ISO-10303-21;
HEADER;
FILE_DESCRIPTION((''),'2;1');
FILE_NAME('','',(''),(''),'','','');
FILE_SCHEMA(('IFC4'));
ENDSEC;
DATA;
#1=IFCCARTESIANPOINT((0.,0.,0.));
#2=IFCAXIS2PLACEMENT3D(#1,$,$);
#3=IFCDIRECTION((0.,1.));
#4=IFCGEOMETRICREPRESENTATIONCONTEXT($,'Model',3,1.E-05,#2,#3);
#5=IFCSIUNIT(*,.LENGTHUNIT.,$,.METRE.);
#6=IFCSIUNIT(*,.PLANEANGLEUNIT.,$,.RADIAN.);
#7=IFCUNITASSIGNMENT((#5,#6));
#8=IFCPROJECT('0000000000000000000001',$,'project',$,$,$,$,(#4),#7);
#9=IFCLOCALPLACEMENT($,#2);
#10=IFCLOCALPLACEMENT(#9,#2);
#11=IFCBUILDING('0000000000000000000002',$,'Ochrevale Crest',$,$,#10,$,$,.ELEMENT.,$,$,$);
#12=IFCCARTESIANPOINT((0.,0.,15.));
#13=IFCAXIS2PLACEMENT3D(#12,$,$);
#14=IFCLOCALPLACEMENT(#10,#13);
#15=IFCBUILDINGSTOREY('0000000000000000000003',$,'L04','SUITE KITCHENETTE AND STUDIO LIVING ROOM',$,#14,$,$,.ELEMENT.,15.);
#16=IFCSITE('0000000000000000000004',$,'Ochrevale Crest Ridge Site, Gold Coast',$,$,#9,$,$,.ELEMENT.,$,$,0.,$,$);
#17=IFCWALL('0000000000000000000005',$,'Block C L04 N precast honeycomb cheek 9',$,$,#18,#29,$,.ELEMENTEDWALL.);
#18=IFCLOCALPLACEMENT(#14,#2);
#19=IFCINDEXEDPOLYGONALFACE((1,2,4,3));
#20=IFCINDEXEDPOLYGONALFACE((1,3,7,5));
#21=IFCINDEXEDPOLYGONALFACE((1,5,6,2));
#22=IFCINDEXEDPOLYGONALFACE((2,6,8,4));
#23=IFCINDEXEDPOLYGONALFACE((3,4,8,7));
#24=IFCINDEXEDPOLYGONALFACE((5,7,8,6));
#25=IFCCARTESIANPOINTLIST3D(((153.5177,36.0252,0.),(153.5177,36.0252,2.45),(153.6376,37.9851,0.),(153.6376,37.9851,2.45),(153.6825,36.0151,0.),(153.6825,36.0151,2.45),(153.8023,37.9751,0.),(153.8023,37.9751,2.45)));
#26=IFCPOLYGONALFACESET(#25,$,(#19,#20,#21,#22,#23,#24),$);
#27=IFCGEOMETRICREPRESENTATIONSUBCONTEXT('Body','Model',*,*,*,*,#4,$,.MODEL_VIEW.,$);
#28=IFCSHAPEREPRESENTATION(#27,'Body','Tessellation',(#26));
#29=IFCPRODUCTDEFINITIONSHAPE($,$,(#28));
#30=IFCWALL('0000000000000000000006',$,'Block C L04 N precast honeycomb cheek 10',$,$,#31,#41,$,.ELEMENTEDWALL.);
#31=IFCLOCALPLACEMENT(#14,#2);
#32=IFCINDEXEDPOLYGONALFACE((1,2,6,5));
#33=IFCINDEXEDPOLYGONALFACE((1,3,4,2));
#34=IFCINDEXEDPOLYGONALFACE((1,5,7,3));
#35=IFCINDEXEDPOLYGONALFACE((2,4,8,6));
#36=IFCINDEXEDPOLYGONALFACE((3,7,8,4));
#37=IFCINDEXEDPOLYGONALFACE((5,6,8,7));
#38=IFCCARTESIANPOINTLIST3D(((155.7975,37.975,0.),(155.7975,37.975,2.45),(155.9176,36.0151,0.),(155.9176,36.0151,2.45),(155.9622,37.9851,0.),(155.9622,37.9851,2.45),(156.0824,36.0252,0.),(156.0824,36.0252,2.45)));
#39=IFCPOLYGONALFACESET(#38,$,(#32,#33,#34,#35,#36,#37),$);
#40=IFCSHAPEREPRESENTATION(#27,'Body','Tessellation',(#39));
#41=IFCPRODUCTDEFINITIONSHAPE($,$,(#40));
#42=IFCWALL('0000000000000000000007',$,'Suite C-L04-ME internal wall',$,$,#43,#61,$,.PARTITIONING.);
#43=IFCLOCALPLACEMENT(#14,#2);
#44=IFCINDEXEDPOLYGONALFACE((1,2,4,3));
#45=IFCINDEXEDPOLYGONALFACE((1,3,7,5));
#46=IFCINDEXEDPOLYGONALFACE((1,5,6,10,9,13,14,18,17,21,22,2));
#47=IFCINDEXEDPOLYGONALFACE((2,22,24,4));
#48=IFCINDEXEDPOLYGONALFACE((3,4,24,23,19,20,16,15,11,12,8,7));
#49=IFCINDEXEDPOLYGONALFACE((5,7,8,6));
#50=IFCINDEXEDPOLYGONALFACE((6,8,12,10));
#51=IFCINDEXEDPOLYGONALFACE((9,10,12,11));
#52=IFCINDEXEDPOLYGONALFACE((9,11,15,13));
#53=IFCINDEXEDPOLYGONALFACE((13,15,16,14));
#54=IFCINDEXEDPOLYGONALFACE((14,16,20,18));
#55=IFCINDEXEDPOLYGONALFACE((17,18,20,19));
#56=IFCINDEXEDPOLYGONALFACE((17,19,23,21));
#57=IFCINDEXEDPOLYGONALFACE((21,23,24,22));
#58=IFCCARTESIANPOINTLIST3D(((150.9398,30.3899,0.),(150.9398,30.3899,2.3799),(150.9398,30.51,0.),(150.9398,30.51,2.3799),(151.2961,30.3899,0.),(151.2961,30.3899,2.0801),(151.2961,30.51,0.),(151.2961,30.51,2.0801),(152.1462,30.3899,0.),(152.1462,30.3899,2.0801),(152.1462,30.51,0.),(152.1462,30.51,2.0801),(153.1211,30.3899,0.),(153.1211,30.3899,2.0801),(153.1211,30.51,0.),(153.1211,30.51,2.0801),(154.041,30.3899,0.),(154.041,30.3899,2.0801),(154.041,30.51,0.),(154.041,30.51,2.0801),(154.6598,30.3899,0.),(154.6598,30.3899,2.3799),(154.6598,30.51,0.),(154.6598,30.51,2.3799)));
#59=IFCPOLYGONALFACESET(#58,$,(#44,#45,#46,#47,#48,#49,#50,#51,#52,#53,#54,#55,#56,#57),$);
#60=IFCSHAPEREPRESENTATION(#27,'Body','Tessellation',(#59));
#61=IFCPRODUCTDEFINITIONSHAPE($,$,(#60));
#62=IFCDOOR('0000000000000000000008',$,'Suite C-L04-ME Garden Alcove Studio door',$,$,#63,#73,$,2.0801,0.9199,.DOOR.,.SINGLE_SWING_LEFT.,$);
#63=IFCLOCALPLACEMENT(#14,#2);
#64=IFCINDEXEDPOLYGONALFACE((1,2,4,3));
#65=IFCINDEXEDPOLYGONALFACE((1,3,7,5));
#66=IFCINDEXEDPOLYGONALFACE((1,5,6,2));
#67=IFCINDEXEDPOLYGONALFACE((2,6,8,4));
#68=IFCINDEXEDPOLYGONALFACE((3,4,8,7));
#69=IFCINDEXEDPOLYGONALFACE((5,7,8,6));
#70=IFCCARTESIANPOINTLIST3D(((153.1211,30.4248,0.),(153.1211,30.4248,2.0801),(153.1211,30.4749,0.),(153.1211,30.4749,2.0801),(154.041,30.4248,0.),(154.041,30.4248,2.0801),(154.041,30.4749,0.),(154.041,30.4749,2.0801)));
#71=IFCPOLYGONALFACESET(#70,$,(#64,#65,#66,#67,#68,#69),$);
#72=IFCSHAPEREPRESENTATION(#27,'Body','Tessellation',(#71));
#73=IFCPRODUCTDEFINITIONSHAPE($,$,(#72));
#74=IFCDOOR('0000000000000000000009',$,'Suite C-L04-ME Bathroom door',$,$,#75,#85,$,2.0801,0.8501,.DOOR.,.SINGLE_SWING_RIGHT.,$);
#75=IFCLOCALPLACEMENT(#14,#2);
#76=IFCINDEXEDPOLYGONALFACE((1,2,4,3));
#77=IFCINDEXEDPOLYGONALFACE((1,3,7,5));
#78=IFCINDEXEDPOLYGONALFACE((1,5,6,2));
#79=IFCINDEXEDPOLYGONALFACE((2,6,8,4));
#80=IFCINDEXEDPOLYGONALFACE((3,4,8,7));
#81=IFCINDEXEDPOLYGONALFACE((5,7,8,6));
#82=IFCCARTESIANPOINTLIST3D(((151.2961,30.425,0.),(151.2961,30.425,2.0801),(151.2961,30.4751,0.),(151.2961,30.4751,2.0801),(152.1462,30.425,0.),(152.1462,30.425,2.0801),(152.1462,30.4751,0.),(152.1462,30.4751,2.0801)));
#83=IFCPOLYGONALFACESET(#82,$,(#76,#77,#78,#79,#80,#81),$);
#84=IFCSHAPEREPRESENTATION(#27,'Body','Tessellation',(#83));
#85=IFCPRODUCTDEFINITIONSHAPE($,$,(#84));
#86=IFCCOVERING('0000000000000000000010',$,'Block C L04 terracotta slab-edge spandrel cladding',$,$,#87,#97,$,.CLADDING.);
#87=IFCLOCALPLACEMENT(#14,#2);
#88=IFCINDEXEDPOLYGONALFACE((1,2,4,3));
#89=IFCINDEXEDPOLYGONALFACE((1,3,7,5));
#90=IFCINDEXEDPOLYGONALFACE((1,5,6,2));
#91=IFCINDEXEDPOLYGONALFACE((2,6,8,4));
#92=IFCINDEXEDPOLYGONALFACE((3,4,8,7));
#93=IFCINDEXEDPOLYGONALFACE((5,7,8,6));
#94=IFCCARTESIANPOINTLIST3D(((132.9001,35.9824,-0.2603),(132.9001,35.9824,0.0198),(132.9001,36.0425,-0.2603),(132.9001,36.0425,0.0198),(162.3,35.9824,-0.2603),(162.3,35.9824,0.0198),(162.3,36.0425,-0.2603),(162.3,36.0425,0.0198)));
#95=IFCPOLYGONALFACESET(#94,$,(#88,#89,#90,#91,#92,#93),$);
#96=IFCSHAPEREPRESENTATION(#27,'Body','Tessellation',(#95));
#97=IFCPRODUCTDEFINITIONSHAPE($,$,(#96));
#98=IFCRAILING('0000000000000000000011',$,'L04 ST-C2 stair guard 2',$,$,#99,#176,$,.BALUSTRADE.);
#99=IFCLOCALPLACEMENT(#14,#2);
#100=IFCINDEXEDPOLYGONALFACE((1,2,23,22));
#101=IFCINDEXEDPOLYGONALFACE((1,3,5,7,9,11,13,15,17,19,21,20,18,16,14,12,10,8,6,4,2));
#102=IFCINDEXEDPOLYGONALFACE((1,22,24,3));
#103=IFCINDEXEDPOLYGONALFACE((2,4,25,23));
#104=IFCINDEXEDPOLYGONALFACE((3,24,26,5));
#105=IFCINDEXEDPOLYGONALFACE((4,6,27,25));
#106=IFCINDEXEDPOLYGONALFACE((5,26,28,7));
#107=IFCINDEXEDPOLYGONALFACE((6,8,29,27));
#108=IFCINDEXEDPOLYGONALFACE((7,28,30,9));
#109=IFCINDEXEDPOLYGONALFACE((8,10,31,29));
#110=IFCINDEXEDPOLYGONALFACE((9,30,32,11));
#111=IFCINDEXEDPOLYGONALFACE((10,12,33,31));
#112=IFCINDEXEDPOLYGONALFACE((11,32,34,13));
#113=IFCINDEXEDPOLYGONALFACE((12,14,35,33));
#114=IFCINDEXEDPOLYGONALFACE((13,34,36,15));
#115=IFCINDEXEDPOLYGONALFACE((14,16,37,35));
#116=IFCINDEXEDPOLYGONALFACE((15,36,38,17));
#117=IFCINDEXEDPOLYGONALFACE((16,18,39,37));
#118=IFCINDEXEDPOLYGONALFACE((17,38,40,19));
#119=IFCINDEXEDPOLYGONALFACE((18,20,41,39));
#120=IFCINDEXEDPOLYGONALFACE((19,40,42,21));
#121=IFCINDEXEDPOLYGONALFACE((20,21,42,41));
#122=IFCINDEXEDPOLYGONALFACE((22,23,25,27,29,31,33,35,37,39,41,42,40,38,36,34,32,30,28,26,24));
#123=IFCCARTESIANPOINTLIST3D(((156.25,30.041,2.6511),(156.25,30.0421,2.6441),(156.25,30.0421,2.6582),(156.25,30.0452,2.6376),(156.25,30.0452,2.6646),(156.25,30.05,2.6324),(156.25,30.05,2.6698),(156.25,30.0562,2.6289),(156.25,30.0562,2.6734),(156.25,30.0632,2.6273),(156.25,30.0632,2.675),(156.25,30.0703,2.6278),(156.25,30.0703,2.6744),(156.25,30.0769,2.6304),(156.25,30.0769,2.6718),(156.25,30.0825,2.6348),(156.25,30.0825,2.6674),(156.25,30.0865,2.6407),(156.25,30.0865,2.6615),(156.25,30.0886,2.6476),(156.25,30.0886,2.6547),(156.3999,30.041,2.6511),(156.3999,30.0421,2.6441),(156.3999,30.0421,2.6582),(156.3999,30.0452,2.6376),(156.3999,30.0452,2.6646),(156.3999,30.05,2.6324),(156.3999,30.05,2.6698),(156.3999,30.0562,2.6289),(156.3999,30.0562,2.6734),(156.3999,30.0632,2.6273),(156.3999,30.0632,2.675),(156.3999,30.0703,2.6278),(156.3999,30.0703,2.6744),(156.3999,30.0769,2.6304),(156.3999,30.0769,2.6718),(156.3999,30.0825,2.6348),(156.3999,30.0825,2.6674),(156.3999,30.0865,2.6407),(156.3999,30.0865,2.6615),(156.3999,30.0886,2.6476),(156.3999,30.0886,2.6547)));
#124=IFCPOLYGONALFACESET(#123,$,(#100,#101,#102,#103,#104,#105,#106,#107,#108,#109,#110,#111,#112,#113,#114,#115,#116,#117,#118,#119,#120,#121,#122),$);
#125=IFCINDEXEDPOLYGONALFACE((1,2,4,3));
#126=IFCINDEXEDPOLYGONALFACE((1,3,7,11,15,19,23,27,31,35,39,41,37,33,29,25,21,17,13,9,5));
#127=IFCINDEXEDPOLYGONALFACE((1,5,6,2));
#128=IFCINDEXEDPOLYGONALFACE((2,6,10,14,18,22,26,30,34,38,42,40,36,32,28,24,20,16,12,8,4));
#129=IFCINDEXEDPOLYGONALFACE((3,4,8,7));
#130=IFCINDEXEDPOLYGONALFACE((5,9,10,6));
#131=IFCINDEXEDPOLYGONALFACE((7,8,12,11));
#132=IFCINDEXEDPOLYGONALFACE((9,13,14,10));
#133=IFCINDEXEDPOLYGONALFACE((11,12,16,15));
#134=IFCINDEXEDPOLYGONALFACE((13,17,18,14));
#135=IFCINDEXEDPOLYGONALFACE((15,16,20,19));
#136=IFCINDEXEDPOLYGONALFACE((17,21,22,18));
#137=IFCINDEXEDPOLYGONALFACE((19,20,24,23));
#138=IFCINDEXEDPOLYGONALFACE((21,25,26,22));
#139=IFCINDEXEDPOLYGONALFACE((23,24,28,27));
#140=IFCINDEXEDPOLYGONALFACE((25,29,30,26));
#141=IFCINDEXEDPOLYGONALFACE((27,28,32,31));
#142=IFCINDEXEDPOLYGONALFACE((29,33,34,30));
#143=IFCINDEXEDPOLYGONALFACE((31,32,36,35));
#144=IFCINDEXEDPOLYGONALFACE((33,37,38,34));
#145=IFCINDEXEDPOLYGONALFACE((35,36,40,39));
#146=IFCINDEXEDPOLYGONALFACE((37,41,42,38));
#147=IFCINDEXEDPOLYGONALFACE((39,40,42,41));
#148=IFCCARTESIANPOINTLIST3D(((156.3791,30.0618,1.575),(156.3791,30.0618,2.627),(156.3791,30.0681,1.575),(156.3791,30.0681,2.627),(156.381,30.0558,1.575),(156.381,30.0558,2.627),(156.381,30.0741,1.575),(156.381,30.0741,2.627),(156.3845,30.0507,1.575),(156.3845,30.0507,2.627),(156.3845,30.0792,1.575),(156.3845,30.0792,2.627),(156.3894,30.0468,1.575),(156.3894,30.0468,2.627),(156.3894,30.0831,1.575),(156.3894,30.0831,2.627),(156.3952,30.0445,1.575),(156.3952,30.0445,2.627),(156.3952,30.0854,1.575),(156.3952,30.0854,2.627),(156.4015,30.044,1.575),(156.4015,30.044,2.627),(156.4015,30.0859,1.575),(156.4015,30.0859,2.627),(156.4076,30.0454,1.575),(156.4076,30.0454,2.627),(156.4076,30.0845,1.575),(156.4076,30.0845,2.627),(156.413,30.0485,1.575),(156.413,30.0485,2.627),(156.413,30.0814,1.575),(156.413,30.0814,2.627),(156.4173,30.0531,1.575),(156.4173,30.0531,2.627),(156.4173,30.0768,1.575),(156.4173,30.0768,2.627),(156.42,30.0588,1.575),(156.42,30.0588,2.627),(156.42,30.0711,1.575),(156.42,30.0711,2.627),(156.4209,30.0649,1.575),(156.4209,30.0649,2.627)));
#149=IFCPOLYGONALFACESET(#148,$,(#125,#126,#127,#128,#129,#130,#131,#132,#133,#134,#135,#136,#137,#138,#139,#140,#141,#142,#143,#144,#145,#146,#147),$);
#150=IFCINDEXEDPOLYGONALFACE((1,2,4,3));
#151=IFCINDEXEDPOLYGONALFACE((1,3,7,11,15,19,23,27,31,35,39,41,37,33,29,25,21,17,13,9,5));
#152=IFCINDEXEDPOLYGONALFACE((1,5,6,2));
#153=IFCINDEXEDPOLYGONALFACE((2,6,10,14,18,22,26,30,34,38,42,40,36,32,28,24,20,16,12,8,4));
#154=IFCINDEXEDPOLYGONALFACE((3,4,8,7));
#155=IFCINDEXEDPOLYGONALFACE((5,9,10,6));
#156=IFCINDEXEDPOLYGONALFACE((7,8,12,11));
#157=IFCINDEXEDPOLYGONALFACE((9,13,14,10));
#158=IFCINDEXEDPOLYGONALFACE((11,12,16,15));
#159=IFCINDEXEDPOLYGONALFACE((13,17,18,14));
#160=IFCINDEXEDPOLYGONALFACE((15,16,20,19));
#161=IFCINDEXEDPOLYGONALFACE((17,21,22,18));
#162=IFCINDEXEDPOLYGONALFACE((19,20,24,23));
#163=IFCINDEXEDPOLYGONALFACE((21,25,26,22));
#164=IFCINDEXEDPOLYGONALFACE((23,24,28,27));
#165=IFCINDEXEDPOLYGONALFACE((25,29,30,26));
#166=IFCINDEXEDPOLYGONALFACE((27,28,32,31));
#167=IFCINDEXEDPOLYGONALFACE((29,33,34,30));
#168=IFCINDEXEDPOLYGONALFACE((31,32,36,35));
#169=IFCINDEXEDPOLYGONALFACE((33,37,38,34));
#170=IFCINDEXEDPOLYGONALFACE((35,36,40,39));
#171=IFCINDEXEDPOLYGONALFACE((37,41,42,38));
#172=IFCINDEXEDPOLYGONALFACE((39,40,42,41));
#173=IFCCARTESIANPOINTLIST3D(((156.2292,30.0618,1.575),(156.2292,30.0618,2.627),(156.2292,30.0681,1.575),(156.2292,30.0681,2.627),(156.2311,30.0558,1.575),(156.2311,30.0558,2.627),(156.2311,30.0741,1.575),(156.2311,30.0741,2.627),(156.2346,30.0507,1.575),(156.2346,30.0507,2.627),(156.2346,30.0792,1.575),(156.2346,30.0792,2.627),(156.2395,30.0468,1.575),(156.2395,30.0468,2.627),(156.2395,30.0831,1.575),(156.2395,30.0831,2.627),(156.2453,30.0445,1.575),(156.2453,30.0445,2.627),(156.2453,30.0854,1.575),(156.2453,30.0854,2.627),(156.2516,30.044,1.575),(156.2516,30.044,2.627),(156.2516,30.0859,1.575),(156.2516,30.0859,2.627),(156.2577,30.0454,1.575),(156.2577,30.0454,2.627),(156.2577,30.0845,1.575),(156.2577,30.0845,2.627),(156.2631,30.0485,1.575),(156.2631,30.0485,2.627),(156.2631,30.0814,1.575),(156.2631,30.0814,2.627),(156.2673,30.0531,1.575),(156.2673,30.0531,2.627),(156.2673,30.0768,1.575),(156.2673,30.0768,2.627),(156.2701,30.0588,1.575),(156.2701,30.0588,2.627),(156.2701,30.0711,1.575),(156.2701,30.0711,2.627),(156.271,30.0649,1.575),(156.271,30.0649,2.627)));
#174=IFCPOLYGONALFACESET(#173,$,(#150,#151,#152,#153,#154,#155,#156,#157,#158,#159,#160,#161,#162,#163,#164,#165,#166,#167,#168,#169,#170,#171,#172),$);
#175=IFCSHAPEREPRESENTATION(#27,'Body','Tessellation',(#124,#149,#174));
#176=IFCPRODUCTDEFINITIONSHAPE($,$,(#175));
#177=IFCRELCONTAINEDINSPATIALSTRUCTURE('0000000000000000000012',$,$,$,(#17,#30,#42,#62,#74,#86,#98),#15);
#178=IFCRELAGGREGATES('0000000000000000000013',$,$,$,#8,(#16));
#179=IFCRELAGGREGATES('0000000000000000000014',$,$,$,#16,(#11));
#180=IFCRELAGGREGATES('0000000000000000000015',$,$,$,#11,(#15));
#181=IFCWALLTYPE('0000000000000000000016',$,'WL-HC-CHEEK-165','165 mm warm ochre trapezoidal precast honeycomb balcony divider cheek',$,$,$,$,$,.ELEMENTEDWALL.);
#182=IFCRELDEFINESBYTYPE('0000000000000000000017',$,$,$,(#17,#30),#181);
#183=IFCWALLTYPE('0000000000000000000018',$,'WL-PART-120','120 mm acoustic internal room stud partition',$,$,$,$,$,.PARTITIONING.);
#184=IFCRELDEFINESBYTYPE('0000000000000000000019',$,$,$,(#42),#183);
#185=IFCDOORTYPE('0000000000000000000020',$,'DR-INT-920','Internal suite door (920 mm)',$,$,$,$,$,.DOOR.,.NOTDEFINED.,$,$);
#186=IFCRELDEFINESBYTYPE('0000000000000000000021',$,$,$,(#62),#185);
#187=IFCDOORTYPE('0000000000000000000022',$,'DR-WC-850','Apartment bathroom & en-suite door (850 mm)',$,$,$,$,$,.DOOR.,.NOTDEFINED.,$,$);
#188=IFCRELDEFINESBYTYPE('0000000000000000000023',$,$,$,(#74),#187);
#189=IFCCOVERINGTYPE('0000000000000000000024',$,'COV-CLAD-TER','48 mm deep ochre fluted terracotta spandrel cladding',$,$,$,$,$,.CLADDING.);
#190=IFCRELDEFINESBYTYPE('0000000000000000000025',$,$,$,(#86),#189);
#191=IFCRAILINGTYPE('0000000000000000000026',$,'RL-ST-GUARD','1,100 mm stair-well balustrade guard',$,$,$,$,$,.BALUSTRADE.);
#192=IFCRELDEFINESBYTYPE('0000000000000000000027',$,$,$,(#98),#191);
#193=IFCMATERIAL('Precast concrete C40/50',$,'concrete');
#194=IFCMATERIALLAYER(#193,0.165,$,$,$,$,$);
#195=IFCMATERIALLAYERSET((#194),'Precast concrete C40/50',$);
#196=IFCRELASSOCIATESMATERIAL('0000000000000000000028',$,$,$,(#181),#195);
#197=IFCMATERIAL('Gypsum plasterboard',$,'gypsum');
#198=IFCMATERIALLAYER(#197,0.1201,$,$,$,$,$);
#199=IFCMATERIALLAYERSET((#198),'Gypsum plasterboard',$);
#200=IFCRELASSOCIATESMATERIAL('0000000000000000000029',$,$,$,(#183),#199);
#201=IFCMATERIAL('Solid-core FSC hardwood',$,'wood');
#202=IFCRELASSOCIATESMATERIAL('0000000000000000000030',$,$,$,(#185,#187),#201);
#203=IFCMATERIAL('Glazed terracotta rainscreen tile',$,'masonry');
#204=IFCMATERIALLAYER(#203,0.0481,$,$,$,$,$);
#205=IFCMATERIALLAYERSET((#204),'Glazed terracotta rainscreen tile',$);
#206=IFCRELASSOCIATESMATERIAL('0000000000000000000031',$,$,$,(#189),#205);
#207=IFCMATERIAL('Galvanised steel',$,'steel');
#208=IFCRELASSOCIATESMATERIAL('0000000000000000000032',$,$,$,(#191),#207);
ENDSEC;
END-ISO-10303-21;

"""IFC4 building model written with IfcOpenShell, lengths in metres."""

from ifc_helpers import new_model, si_unit, direction, frame, frame_2d, origin, origin_2d, place, context, subcontext, project, spatial, rectangle, circle, extrude, material, layer, layer_set, type_object, element, fill, save


model = new_model("IFC4")

# Units and contexts
model_context = context("Model", 3, precision=1e-05, world=origin(), true_north=direction((0.0, 1.0)))
body_context = subcontext(model_context, "Body", "Model", "MODEL_VIEW")
ifc_project = project(units=[si_unit("LENGTHUNIT", "METRE"), si_unit("PLANEANGLEUNIT", "RADIAN")], contexts=[model_context])

# Site, building, storey
site_placement = place(None, origin())
site = spatial("IfcSite", under=ifc_project, at=site_placement, Name="Ochrevale Crest Ridge Site, Gold Coast", CompositionType="ELEMENT", RefElevation=0.0)
building_placement = place(site_placement, origin())
building = spatial("IfcBuilding", under=site, at=building_placement, Name="Ochrevale Crest", CompositionType="ELEMENT")
storey_placement = place(building_placement, frame((0.0, 0.0, 15.0)))
storey = spatial("IfcBuildingStorey", under=building, at=storey_placement, Name="L04", Description="SUITE KITCHENETTE AND STUDIO LIVING ROOM", CompositionType="ELEMENT", Elevation=15.0)

# Shared definitions
ifc_material_1 = material(Name="Precast concrete C40/50", Category="concrete")

# Walls
ifc_layer_1 = layer(ifc_material_1, 0.165)
ifc_layer_set_1 = layer_set([ifc_layer_1], Name="Precast concrete C40/50")
wall_type_1 = type_object("IfcWallType", Name="WL-HC-CHEEK-165", Description="165 mm warm ochre trapezoidal precast honeycomb balcony divider cheek", PredefinedType="ELEMENTEDWALL", material=ifc_layer_set_1)
for number, where, z_axis, x_axis, name in (
    (1, (153.6001, 36.02, 0.0), (0.0, 0.0, 1.0), (0.061047, 0.998135, 0.0), "Block C L04 N precast honeycomb cheek 9"),
    (2, (156.0, 36.02, 0.0), (0.0, 0.0, 1.0), (-0.061171, 0.998127, 0.0), "Block C L04 N precast honeycomb cheek 10"),
):
    element("IfcWall", number, at=place(storey_placement, frame(where, z_axis=z_axis, x_axis=x_axis)), inside=storey, type_object=wall_type_1, Name=name, PredefinedType="ELEMENTEDWALL", context=body_context, shape_type="SweptSolid", body=[
        extrude(rectangle(XDim=1.9636, YDim=0.165, at=frame_2d((0.9819, 0.0))), origin(), (0.0, 0.0, 1.0), 2.45),
    ])

# Wall, openings, doors
ifc_material_2 = material(Name="Gypsum plasterboard", Category="gypsum")
ifc_layer_2 = layer(ifc_material_2, 0.1201)
ifc_layer_set_2 = layer_set([ifc_layer_2], Name="Gypsum plasterboard")
wall_type_2 = type_object("IfcWallType", Name="WL-PART-120", Description="120 mm acoustic internal room stud partition", PredefinedType="PARTITIONING", material=ifc_layer_set_2)
wall_1_placement = place(storey_placement, frame((150.9399, 30.45, 0.0), z_axis=(0.0, 0.0, 1.0), x_axis=(1.0, 0.0, 0.0)))
wall_1 = element("IfcWall", 3, at=wall_1_placement, inside=storey, type_object=wall_type_2, Name="Suite C-L04-ME internal wall", PredefinedType="PARTITIONING", context=body_context, shape_type="SweptSolid", body=[
    extrude(rectangle(XDim=3.72, YDim=0.1201, at=frame_2d((1.8599, 0.0))), origin(), (0.0, 0.0, 1.0), 2.3799),
])
opening_1_placement = place(wall_1_placement, frame((1.2063, 0.0, 0.0), z_axis=(0.0, 0.0, 1.0), x_axis=(-1.0, 0.0, 0.0)))
opening_1 = element("IfcOpeningElement", 4, at=opening_1_placement, cuts=wall_1, PredefinedType="OPENING", context=body_context, shape_type="SweptSolid", body=[
    extrude(rectangle(XDim=0.8501, YDim=2.0801, at=frame_2d((0.425, 1.04))), frame((0.0, 0.0701, 0.0), z_axis=(0.0, -1.0, 0.0), x_axis=(1.0, 0.0, 0.0)), (0.0, 0.0, 1.0), 0.1401),
])
opening_2_placement = place(wall_1_placement, frame((2.1812, 0.0, 0.0)))
opening_2 = element("IfcOpeningElement", 5, at=opening_2_placement, cuts=wall_1, PredefinedType="OPENING", context=body_context, shape_type="SweptSolid", body=[
    extrude(rectangle(XDim=0.9199, YDim=2.0801, at=frame_2d((0.46, 1.04))), frame((0.0, 0.0701, 0.0), z_axis=(0.0, -1.0, 0.0), x_axis=(1.0, 0.0, 0.0)), (0.0, 0.0, 1.0), 0.1401),
])
ifc_material_3 = material(Name="Solid-core FSC hardwood", Category="wood")
door_type_1 = type_object("IfcDoorType", Name="DR-INT-920", Description="Internal suite door (920 mm)", OperationType="NOTDEFINED", PredefinedType="DOOR", material=ifc_material_3)
door_1_placement = place(opening_2_placement, origin())
door_1 = element("IfcDoor", 6, at=door_1_placement, inside=storey, type_object=door_type_1, Name="Suite C-L04-ME Garden Alcove Studio door", OperationType="SINGLE_SWING_LEFT", OverallHeight=2.0801, OverallWidth=0.9199, PredefinedType="DOOR", context=body_context, shape_type="SweptSolid", body=[
    extrude(rectangle(XDim=0.9199, YDim=2.0801, at=frame_2d((0.46, 1.04))), frame((0.0, 0.0249, 0.0), z_axis=(0.0, -1.0, 0.0), x_axis=(1.0, 0.0, 0.0)), (0.0, 0.0, 1.0), 0.05),
])
fill(opening_2, door_1)
door_type_2 = type_object("IfcDoorType", Name="DR-WC-850", Description="Apartment bathroom & en-suite door (850 mm)", OperationType="NOTDEFINED", PredefinedType="DOOR", material=ifc_material_3)
door_2_placement = place(opening_1_placement, origin())
door_2 = element("IfcDoor", 7, at=door_2_placement, inside=storey, type_object=door_type_2, Name="Suite C-L04-ME Bathroom door", OperationType="SINGLE_SWING_RIGHT", OverallHeight=2.0801, OverallWidth=0.8501, PredefinedType="DOOR", context=body_context, shape_type="SweptSolid", body=[
    extrude(rectangle(XDim=0.8501, YDim=2.0801, at=frame_2d((0.425, 1.04))), frame((0.0, 0.0249, 0.0), z_axis=(0.0, -1.0, 0.0), x_axis=(1.0, 0.0, 0.0)), (0.0, 0.0, 1.0), 0.05),
])
fill(opening_1, door_2)

# Covering
ifc_material_4 = material(Name="Glazed terracotta rainscreen tile", Category="masonry")
ifc_layer_3 = layer(ifc_material_4, 0.0481)
ifc_layer_set_3 = layer_set([ifc_layer_3], Name="Glazed terracotta rainscreen tile")
covering_type = type_object("IfcCoveringType", Name="COV-CLAD-TER", Description="48 mm deep ochre fluted terracotta spandrel cladding", PredefinedType="CLADDING", material=ifc_layer_set_3)
covering_placement = place(storey_placement, frame((147.6001, 36.0125, -0.2603), z_axis=(0.0, 0.0, 1.0), x_axis=(-1.0, 0.0, 0.0)))
element("IfcCovering", 8, at=covering_placement, inside=storey, type_object=covering_type, Name="Block C L04 terracotta slab-edge spandrel cladding", PredefinedType="CLADDING", context=body_context, shape_type="SweptSolid", body=[
    extrude(rectangle(XDim=29.3999, YDim=0.0601, at=origin_2d()), origin(), (0.0, 0.0, 1.0), 0.28),
])

# Railing
ifc_material_5 = material(Name="Galvanised steel", Category="steel")
railing_type = type_object("IfcRailingType", Name="RL-ST-GUARD", Description="1,100 mm stair-well balustrade guard", PredefinedType="BALUSTRADE", material=ifc_material_5)
railing_placement = place(storey_placement, frame((156.3999, 30.0649, 1.575)))
element("IfcRailing", 9, at=railing_placement, inside=storey, type_object=railing_type, Name="L04 ST-C2 stair guard 2", PredefinedType="BALUSTRADE", context=body_context, shape_type="SweptSolid", body=[
    extrude(circle(Radius=0.0239, at=origin_2d()), frame((0.0, 0.0, 1.0762), z_axis=(-1.0, 0.0, 0.0), x_axis=(0.0, -1.0, 0.0)), (0.0, 0.0, 1.0), 0.1499),
    extrude(circle(Radius=0.021, at=origin_2d()), origin(), (0.0, 0.0, 1.0), 1.052),
    extrude(circle(Radius=0.021, at=origin_2d()), frame((-0.1499, 0.0, 0.0)), (0.0, 0.0, 1.0), 1.052),
])

save(model, "model.ifc")
